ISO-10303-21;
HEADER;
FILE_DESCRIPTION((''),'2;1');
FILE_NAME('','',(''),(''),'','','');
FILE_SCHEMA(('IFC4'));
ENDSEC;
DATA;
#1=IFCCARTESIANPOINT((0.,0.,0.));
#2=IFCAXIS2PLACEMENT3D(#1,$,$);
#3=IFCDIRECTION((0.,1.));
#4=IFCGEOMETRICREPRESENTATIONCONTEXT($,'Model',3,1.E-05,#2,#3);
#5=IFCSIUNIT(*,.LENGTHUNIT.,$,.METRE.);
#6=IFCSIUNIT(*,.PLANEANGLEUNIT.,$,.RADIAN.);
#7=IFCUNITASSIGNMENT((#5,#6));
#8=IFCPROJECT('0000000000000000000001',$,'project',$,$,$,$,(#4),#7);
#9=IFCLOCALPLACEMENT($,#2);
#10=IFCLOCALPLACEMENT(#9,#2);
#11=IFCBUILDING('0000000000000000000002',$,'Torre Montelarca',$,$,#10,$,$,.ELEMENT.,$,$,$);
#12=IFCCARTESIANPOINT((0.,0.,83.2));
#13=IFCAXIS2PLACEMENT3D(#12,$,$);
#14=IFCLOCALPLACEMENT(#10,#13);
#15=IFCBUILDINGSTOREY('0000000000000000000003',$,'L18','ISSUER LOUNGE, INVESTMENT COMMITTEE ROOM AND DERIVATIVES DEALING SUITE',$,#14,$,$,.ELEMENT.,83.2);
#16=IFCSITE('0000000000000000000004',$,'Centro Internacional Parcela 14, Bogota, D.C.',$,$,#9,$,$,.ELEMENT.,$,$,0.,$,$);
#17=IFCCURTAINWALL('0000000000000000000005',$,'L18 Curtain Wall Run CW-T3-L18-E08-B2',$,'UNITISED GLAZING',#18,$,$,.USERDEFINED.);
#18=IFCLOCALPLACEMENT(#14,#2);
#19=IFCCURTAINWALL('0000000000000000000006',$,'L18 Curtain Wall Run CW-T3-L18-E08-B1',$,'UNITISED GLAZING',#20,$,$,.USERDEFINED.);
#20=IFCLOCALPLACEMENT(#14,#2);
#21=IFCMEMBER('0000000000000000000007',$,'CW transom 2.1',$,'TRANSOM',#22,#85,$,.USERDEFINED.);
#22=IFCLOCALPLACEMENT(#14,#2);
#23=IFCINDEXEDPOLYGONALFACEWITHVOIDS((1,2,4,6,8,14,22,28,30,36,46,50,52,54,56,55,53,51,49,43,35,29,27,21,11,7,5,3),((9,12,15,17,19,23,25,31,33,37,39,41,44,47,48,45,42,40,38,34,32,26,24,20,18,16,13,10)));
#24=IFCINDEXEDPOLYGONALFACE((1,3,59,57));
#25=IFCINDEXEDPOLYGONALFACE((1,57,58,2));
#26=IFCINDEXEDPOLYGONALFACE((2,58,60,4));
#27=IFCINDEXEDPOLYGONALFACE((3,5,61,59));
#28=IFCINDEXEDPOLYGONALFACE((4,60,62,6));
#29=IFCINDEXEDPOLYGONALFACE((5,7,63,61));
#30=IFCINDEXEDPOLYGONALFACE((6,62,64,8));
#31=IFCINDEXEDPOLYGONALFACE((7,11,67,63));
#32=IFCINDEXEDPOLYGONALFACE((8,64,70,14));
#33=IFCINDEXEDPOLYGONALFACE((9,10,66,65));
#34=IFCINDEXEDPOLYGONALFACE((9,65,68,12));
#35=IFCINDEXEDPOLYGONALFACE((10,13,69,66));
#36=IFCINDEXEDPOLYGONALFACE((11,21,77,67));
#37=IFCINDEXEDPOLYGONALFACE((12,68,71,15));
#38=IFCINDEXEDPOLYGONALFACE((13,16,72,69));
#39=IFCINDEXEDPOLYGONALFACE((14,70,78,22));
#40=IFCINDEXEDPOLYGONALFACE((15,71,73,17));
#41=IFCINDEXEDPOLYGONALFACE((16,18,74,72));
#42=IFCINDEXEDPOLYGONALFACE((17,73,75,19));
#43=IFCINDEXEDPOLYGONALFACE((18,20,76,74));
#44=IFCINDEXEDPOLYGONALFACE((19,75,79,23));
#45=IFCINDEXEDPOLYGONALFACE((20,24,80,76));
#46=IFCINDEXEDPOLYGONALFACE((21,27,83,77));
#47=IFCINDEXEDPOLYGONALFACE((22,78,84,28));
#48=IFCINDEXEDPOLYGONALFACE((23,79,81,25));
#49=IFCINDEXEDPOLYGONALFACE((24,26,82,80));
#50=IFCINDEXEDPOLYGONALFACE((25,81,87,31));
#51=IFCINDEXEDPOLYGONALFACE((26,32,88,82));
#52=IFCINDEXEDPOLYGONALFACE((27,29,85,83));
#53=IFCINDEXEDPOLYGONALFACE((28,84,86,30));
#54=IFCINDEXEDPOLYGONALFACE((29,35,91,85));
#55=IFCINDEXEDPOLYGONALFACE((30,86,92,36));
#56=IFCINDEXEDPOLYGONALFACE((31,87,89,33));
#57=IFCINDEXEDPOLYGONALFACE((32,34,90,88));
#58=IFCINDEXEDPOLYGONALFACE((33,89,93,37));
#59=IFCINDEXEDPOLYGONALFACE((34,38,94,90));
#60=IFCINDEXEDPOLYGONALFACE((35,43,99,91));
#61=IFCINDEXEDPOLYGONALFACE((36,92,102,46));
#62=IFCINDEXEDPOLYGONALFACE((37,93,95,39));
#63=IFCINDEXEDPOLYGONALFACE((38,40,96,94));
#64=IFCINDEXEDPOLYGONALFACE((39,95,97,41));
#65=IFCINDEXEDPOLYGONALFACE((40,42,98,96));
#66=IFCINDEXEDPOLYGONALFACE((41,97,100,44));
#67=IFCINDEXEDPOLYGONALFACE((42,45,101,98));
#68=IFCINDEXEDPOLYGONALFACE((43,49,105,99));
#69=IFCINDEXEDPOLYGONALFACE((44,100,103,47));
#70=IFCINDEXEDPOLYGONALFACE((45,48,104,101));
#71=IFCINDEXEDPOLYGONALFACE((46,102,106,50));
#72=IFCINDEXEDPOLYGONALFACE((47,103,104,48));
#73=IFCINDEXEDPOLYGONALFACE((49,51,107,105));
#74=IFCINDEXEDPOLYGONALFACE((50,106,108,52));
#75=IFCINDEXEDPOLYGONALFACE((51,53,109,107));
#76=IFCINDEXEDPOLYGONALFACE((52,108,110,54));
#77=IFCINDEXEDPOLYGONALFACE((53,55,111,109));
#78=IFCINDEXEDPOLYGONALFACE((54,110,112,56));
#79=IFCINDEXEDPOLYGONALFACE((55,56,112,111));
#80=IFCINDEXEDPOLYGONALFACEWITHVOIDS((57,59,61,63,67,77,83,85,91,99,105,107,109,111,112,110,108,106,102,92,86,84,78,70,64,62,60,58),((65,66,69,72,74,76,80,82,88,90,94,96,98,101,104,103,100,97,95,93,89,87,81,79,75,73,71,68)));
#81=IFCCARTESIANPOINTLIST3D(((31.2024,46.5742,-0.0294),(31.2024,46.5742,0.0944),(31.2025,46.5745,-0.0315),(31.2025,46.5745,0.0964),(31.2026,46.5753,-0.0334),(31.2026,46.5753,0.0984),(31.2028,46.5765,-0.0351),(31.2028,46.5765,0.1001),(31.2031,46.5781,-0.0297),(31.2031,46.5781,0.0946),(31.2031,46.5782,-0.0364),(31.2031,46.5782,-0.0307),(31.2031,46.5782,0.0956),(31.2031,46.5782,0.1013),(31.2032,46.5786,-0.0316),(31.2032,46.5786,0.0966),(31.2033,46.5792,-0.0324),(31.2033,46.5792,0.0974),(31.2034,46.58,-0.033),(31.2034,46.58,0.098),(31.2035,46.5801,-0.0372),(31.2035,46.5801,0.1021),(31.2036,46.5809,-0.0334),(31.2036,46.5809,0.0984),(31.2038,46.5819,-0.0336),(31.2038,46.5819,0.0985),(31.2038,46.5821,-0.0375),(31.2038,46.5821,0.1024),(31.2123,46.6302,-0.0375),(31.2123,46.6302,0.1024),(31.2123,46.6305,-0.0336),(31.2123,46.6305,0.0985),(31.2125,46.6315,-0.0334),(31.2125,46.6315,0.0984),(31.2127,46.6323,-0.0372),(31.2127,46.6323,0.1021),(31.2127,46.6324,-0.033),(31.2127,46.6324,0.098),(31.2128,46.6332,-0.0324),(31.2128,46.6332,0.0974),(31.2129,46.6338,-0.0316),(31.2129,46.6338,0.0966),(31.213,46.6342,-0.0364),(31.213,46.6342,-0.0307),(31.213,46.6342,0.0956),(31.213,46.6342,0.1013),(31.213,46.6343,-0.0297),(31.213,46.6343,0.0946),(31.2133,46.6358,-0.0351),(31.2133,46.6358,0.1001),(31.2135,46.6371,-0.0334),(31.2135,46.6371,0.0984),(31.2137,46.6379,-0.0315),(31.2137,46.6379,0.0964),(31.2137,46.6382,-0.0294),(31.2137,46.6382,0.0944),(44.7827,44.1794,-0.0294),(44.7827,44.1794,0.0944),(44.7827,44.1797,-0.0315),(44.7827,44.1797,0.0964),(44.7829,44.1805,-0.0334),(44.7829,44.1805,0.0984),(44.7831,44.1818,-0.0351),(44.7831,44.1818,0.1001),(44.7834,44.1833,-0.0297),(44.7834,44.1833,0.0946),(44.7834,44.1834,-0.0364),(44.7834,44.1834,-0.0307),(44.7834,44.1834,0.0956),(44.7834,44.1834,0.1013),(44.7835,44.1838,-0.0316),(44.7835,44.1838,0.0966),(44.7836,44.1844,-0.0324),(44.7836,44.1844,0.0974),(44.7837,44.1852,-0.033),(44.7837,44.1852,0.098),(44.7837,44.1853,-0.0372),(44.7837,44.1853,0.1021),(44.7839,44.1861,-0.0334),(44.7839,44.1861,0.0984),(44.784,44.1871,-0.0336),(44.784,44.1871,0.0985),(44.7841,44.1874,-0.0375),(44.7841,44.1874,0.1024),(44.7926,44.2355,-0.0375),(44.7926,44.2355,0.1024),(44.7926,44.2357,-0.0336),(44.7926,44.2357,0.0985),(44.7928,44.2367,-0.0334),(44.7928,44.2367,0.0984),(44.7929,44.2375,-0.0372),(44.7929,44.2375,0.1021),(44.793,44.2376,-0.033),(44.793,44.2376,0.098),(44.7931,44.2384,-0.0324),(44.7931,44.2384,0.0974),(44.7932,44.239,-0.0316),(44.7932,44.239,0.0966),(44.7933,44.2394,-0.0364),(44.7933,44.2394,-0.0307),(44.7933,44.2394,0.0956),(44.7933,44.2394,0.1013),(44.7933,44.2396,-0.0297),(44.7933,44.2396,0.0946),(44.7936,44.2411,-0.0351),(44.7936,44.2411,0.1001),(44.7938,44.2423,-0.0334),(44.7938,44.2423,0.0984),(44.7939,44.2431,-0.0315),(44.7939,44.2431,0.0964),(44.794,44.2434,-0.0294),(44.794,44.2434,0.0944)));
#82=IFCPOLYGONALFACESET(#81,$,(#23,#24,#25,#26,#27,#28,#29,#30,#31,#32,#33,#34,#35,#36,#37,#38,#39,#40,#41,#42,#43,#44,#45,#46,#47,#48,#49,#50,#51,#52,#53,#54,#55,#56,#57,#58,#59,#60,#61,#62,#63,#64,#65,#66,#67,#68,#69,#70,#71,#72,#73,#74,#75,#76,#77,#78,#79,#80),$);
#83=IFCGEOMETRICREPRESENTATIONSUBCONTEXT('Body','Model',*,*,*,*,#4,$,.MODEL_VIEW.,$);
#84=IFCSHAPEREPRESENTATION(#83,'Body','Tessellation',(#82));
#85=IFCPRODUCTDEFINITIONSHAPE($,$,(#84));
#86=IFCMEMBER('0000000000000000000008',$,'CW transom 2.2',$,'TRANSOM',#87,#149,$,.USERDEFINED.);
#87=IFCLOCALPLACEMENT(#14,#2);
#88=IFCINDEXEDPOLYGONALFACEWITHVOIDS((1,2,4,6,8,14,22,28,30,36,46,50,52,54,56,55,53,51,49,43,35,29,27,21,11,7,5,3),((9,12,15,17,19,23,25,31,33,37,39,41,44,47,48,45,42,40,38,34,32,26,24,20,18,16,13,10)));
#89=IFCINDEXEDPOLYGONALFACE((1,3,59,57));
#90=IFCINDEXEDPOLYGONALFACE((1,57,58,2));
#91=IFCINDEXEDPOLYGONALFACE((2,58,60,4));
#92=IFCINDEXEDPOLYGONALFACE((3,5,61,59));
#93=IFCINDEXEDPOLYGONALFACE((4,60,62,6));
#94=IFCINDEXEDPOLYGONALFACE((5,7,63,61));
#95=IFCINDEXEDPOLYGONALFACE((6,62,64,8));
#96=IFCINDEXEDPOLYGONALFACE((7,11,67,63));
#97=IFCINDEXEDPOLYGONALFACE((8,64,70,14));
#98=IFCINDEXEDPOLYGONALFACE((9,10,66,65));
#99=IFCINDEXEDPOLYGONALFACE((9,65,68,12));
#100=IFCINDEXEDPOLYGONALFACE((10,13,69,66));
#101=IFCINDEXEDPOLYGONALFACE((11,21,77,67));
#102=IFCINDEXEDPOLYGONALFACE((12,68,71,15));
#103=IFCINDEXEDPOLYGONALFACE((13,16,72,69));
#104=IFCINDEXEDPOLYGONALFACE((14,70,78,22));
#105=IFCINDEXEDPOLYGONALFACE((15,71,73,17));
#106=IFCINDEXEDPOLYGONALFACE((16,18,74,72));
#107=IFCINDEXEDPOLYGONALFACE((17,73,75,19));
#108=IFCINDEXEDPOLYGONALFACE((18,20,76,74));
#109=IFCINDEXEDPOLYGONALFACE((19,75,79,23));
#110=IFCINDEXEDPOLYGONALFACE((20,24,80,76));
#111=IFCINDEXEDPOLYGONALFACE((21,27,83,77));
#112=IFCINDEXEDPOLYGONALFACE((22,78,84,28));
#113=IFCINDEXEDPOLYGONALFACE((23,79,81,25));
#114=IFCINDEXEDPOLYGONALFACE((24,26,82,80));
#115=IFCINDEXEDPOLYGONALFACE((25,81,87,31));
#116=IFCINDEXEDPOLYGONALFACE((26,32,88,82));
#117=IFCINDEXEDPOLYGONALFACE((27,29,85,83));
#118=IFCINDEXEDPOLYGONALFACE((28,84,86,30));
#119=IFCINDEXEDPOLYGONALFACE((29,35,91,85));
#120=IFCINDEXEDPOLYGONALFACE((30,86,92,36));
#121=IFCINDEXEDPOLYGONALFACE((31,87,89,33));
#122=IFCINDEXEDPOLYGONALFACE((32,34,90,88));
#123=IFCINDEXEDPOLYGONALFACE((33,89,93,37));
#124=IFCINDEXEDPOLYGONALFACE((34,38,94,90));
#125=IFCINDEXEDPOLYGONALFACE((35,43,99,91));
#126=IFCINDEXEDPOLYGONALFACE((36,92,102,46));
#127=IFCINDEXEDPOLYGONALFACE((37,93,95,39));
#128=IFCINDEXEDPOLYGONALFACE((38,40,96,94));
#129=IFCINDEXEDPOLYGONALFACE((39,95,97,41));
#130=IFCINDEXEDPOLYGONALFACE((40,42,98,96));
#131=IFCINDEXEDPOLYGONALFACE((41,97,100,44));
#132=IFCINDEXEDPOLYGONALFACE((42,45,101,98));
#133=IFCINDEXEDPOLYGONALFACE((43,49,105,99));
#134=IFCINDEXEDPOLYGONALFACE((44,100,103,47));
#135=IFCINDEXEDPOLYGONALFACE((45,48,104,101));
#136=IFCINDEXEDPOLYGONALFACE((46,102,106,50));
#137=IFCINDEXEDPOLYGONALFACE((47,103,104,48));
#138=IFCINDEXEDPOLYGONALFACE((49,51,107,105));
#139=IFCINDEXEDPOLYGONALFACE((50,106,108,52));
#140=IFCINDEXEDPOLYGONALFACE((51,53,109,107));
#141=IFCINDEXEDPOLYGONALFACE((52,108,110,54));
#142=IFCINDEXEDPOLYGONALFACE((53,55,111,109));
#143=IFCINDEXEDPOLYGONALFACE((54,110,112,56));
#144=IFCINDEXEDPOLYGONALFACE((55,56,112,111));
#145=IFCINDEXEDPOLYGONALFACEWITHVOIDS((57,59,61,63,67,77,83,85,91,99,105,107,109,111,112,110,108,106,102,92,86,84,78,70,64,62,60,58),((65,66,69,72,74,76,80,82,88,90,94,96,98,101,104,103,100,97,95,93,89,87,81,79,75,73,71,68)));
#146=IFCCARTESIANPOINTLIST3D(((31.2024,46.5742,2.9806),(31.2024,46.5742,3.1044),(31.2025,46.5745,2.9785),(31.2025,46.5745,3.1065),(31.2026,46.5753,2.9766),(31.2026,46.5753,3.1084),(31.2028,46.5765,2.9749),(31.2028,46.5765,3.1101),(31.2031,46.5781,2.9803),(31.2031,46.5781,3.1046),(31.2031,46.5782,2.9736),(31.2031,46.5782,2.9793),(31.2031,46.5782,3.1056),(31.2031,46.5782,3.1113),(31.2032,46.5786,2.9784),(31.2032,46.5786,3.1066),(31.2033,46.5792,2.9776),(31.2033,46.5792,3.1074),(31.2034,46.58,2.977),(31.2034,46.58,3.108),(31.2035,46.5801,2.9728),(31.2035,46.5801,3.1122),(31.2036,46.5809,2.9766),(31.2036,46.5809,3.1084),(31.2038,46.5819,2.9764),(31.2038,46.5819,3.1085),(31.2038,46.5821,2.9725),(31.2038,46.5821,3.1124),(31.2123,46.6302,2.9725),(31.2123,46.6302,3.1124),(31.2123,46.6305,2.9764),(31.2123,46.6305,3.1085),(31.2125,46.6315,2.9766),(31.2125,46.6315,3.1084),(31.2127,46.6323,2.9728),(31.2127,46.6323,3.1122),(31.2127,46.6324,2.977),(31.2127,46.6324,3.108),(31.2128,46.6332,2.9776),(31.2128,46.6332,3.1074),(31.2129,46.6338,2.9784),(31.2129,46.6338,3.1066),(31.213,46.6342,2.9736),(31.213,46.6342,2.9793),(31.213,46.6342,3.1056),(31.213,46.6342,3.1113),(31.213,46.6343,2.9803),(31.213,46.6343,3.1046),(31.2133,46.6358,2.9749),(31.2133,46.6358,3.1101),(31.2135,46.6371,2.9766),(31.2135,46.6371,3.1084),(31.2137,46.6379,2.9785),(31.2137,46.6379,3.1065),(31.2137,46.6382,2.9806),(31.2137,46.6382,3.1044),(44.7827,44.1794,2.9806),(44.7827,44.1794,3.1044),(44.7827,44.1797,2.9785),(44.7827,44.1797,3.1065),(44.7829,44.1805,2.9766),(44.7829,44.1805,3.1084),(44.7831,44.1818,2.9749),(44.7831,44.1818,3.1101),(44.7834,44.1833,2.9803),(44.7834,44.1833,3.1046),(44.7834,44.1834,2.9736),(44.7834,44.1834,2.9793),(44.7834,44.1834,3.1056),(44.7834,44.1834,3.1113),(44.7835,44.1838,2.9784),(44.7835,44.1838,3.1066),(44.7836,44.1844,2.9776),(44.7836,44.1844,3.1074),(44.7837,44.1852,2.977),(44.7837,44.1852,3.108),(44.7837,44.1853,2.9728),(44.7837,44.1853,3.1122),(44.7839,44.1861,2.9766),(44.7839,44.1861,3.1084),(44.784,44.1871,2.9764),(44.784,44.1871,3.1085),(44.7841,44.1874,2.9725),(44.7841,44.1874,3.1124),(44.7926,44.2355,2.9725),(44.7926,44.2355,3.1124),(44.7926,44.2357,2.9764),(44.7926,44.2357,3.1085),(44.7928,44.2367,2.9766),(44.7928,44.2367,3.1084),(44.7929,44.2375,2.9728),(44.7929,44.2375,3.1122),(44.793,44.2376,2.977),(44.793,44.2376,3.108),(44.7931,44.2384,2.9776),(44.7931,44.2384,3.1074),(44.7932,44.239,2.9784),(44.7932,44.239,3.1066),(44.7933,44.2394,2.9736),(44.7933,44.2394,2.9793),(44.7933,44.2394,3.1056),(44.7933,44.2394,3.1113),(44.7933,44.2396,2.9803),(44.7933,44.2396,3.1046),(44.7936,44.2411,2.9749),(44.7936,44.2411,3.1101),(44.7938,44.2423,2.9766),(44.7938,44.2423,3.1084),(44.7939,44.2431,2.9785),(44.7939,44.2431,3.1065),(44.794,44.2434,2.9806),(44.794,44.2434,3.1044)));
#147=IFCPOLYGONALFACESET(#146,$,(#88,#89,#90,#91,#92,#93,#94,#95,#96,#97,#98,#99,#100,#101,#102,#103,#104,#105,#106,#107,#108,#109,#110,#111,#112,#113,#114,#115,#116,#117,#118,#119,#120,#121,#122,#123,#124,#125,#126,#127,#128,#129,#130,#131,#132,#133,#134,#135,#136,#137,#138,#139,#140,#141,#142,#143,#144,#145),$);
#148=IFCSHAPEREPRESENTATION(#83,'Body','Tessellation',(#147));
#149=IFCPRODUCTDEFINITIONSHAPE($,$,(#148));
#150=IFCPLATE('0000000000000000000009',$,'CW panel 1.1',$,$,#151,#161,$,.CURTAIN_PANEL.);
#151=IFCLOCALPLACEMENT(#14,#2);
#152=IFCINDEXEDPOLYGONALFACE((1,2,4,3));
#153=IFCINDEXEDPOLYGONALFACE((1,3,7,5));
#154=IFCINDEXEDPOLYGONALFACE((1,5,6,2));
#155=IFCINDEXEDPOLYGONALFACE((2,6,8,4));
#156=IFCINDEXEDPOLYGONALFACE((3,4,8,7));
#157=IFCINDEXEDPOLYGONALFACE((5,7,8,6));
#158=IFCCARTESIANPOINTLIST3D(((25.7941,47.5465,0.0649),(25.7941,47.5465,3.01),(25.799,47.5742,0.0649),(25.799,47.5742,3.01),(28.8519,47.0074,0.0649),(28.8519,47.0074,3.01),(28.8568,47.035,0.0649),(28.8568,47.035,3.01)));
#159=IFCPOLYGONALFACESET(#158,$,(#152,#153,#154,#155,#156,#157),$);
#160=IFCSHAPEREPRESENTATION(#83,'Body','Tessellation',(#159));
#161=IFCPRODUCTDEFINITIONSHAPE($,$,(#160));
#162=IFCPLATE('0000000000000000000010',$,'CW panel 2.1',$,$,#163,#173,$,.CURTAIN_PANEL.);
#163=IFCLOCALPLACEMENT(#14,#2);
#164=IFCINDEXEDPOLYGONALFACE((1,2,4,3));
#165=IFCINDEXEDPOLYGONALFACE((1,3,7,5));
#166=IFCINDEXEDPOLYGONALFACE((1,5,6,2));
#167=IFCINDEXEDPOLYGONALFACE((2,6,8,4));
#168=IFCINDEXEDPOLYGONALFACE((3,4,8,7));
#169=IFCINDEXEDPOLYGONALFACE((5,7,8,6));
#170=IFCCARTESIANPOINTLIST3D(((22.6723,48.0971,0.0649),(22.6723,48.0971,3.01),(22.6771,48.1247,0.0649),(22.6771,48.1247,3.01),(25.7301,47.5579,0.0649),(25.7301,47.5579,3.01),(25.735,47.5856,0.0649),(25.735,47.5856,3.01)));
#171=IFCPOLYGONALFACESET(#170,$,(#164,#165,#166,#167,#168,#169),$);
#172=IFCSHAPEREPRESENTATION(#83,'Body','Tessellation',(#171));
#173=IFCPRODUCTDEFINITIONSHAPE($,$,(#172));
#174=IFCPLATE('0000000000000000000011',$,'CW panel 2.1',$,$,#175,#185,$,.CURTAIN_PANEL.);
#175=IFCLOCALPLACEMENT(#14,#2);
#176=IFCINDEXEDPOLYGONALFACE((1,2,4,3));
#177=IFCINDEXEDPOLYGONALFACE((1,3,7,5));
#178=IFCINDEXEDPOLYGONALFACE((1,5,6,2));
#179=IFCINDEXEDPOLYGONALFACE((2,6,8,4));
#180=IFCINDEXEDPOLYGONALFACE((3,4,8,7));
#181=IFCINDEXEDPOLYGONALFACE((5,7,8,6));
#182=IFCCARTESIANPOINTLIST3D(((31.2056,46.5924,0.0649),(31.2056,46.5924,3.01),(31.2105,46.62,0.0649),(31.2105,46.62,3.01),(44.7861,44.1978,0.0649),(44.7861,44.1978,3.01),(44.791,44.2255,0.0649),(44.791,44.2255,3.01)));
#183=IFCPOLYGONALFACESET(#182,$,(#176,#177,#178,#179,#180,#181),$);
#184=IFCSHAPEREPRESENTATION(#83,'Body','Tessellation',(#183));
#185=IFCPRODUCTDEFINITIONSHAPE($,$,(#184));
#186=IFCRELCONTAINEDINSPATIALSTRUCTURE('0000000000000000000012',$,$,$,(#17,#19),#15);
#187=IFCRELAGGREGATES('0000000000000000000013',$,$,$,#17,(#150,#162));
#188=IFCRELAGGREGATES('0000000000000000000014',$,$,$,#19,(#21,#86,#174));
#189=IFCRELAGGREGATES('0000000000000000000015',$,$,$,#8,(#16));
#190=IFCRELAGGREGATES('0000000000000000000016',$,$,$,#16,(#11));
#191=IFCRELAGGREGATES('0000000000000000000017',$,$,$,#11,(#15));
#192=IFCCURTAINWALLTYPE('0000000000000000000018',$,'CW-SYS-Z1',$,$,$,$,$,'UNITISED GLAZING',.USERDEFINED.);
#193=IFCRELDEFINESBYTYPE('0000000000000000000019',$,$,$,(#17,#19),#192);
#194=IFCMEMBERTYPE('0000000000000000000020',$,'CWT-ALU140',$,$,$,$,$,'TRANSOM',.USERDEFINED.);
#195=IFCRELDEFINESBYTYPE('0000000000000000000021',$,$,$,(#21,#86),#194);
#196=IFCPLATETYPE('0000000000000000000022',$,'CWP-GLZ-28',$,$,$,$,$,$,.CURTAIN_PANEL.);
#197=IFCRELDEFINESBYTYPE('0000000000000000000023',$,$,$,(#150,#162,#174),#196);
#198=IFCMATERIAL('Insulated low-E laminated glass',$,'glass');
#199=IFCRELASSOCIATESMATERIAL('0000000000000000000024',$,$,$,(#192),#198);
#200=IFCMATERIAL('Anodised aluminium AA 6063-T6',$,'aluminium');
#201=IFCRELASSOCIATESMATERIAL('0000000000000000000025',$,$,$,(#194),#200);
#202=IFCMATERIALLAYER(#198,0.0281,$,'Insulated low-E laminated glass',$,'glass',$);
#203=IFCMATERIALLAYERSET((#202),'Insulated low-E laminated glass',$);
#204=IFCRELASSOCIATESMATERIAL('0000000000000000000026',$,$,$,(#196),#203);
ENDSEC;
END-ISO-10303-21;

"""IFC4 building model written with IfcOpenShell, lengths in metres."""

from ifc_helpers import new_model, si_unit, direction, frame, origin, origin_2d, place, context, subcontext, project, spatial, rectangle, hollow_rectangle, extrude, source, transform, mapped, material, layer, layer_set, material_profile, profile_set, type_object, element, aggregate, save


model = new_model("IFC4")

# Units and contexts
model_context = context("Model", 3, precision=1e-05, world=origin(), true_north=direction((0.0, 1.0)))
body_context = subcontext(model_context, "Body", "Model", "MODEL_VIEW")
ifc_project = project(units=[si_unit("LENGTHUNIT", "METRE"), si_unit("PLANEANGLEUNIT", "RADIAN")], contexts=[model_context])

# Site, building, storey
site_placement = place(None, origin())
site = spatial("IfcSite", under=ifc_project, at=site_placement, Name="Centro Internacional Parcela 14, Bogota, D.C.", CompositionType="ELEMENT", RefElevation=0.0)
building_placement = place(site_placement, origin())
building = spatial("IfcBuilding", under=site, at=building_placement, Name="Torre Montelarca", CompositionType="ELEMENT")
storey_placement = place(building_placement, frame((0.0, 0.0, 83.2)))
storey = spatial("IfcBuildingStorey", under=building, at=storey_placement, Name="L18", Description="ISSUER LOUNGE, INVESTMENT COMMITTEE ROOM AND DERIVATIVES DEALING SUITE", CompositionType="ELEMENT", Elevation=83.2)

# Curtain walls
ifc_material_1 = material(Name="Insulated low-E laminated glass", Category="glass")
curtain_wall_type = type_object("IfcCurtainWallType", Name="CW-SYS-Z1", ElementType="UNITISED GLAZING", PredefinedType="USERDEFINED", material=ifc_material_1)
curtain_wall_1_placement = place(storey_placement, origin())
curtain_wall_1 = element("IfcCurtainWall", 1, at=curtain_wall_1_placement, inside=storey, type_object=curtain_wall_type, Name="L18 Curtain Wall Run CW-T3-L18-E08-B2", ObjectType="UNITISED GLAZING", PredefinedType="USERDEFINED")
ifc_material_2 = material(Name="Anodised aluminium AA 6063-T6", Category="aluminium")
ifc_material_profile_1 = material_profile(ifc_material_2, hollow_rectangle(XDim=0.0649, YDim=0.1399, WallThickness=0.0039, InnerFilletRadius=0.0039, OuterFilletRadius=0.0081, at=origin_2d()), Name="ALU65X140X4", Category="aluminium")
ifc_profile_set_1 = profile_set([ifc_material_profile_1], Name="Anodised aluminium AA 6063-T6")
member_type_1 = type_object("IfcMemberType", Name="CWT-ALU140", ElementType="TRANSOM", PredefinedType="USERDEFINED", material=ifc_profile_set_1)
curtain_wall_2_placement = place(storey_placement, origin())
curtain_wall_2 = element("IfcCurtainWall", 2, at=curtain_wall_2_placement, inside=storey, type_object=curtain_wall_type, Name="L18 Curtain Wall Run CW-T3-L18-E08-B1", ObjectType="UNITISED GLAZING", PredefinedType="USERDEFINED")

# Members
shared_shape_1 = source(origin(), body_context, "Body", "SweptSolid", [
    extrude(hollow_rectangle(XDim=0.0649, YDim=0.1399, WallThickness=0.0039, InnerFilletRadius=0.0039, OuterFilletRadius=0.0081, at=origin_2d()), origin(), (0.0, 0.0, 1.0), 13.7898),
])
member_1_placement = place(storey_placement, frame((44.7883, 44.2114, 0.0325), z_axis=(-0.984805, 0.173662, 0.0), x_axis=(-0.173662, -0.984805, 0.0)))
member_1 = element("IfcMember", 3, at=member_1_placement, type_object=member_type_1, Name="CW transom 2.1", ObjectType="TRANSOM", PredefinedType="USERDEFINED", context=body_context, shape_type="MappedRepresentation", body=[
    mapped(shared_shape_1, transform((0.0, 0.0, 0.0), scale=1.0)),
])
member_2_placement = place(storey_placement, frame((44.7883, 44.2114, 3.0425), z_axis=(-0.984805, 0.173662, 0.0), x_axis=(-0.173662, -0.984805, 0.0)))
member_2 = element("IfcMember", 4, at=member_2_placement, type_object=member_type_1, Name="CW transom 2.2", ObjectType="TRANSOM", PredefinedType="USERDEFINED", context=body_context, shape_type="MappedRepresentation", body=[
    mapped(shared_shape_1, transform((0.0, 0.0, 0.0), scale=1.0)),
])

# Plates
ifc_layer_1 = layer(ifc_material_1, 0.0281, Name="Insulated low-E laminated glass", Category="glass")
ifc_layer_set_1 = layer_set([ifc_layer_1], Name="Insulated low-E laminated glass")
plate_type = type_object("IfcPlateType", Name="CWP-GLZ-28", PredefinedType="CURTAIN_PANEL", material=ifc_layer_set_1)
shared_shape_2 = source(origin(), body_context, "Body", "SweptSolid", [
    extrude(rectangle(XDim=3.105, YDim=0.0281, at=origin_2d()), origin(), (0.0, 0.0, 1.0), 2.9451),
])
plate_1_placement = place(storey_placement, frame((27.3254, 47.2908, 0.0649), z_axis=(0.0, 0.0, 1.0), x_axis=(-0.984808, 0.173645, 0.0)))
plate_1 = element("IfcPlate", 5, at=plate_1_placement, type_object=plate_type, Name="CW panel 1.1", PredefinedType="CURTAIN_PANEL", context=body_context, shape_type="MappedRepresentation", body=[
    mapped(shared_shape_2, transform((0.0, 0.0, 0.0), scale=1.0)),
])
plate_2_placement = place(storey_placement, frame((24.2036, 47.8413, 0.0649), z_axis=(0.0, 0.0, 1.0), x_axis=(-0.984808, 0.173645, 0.0)))
plate_2 = element("IfcPlate", 6, at=plate_2_placement, type_object=plate_type, Name="CW panel 2.1", PredefinedType="CURTAIN_PANEL", context=body_context, shape_type="MappedRepresentation", body=[
    mapped(shared_shape_2, transform((0.0, 0.0, 0.0), scale=1.0)),
])
aggregate(curtain_wall_1, [plate_1, plate_2])
shared_shape_3 = source(origin(), body_context, "Body", "SweptSolid", [
    extrude(rectangle(XDim=13.79, YDim=0.0281, at=origin_2d()), origin(), (0.0, 0.0, 1.0), 2.9451),
])
plate_3_placement = place(storey_placement, frame((37.9983, 45.4089, 0.0649), z_axis=(0.0, 0.0, 1.0), x_axis=(-0.984808, 0.173645, 0.0)))
plate_3 = element("IfcPlate", 7, at=plate_3_placement, type_object=plate_type, Name="CW panel 2.1", PredefinedType="CURTAIN_PANEL", context=body_context, shape_type="MappedRepresentation", body=[
    mapped(shared_shape_3, transform((0.0, 0.0, 0.0), scale=1.0)),
])
aggregate(curtain_wall_2, [member_1, member_2, plate_3])

save(model, "model.ifc")
